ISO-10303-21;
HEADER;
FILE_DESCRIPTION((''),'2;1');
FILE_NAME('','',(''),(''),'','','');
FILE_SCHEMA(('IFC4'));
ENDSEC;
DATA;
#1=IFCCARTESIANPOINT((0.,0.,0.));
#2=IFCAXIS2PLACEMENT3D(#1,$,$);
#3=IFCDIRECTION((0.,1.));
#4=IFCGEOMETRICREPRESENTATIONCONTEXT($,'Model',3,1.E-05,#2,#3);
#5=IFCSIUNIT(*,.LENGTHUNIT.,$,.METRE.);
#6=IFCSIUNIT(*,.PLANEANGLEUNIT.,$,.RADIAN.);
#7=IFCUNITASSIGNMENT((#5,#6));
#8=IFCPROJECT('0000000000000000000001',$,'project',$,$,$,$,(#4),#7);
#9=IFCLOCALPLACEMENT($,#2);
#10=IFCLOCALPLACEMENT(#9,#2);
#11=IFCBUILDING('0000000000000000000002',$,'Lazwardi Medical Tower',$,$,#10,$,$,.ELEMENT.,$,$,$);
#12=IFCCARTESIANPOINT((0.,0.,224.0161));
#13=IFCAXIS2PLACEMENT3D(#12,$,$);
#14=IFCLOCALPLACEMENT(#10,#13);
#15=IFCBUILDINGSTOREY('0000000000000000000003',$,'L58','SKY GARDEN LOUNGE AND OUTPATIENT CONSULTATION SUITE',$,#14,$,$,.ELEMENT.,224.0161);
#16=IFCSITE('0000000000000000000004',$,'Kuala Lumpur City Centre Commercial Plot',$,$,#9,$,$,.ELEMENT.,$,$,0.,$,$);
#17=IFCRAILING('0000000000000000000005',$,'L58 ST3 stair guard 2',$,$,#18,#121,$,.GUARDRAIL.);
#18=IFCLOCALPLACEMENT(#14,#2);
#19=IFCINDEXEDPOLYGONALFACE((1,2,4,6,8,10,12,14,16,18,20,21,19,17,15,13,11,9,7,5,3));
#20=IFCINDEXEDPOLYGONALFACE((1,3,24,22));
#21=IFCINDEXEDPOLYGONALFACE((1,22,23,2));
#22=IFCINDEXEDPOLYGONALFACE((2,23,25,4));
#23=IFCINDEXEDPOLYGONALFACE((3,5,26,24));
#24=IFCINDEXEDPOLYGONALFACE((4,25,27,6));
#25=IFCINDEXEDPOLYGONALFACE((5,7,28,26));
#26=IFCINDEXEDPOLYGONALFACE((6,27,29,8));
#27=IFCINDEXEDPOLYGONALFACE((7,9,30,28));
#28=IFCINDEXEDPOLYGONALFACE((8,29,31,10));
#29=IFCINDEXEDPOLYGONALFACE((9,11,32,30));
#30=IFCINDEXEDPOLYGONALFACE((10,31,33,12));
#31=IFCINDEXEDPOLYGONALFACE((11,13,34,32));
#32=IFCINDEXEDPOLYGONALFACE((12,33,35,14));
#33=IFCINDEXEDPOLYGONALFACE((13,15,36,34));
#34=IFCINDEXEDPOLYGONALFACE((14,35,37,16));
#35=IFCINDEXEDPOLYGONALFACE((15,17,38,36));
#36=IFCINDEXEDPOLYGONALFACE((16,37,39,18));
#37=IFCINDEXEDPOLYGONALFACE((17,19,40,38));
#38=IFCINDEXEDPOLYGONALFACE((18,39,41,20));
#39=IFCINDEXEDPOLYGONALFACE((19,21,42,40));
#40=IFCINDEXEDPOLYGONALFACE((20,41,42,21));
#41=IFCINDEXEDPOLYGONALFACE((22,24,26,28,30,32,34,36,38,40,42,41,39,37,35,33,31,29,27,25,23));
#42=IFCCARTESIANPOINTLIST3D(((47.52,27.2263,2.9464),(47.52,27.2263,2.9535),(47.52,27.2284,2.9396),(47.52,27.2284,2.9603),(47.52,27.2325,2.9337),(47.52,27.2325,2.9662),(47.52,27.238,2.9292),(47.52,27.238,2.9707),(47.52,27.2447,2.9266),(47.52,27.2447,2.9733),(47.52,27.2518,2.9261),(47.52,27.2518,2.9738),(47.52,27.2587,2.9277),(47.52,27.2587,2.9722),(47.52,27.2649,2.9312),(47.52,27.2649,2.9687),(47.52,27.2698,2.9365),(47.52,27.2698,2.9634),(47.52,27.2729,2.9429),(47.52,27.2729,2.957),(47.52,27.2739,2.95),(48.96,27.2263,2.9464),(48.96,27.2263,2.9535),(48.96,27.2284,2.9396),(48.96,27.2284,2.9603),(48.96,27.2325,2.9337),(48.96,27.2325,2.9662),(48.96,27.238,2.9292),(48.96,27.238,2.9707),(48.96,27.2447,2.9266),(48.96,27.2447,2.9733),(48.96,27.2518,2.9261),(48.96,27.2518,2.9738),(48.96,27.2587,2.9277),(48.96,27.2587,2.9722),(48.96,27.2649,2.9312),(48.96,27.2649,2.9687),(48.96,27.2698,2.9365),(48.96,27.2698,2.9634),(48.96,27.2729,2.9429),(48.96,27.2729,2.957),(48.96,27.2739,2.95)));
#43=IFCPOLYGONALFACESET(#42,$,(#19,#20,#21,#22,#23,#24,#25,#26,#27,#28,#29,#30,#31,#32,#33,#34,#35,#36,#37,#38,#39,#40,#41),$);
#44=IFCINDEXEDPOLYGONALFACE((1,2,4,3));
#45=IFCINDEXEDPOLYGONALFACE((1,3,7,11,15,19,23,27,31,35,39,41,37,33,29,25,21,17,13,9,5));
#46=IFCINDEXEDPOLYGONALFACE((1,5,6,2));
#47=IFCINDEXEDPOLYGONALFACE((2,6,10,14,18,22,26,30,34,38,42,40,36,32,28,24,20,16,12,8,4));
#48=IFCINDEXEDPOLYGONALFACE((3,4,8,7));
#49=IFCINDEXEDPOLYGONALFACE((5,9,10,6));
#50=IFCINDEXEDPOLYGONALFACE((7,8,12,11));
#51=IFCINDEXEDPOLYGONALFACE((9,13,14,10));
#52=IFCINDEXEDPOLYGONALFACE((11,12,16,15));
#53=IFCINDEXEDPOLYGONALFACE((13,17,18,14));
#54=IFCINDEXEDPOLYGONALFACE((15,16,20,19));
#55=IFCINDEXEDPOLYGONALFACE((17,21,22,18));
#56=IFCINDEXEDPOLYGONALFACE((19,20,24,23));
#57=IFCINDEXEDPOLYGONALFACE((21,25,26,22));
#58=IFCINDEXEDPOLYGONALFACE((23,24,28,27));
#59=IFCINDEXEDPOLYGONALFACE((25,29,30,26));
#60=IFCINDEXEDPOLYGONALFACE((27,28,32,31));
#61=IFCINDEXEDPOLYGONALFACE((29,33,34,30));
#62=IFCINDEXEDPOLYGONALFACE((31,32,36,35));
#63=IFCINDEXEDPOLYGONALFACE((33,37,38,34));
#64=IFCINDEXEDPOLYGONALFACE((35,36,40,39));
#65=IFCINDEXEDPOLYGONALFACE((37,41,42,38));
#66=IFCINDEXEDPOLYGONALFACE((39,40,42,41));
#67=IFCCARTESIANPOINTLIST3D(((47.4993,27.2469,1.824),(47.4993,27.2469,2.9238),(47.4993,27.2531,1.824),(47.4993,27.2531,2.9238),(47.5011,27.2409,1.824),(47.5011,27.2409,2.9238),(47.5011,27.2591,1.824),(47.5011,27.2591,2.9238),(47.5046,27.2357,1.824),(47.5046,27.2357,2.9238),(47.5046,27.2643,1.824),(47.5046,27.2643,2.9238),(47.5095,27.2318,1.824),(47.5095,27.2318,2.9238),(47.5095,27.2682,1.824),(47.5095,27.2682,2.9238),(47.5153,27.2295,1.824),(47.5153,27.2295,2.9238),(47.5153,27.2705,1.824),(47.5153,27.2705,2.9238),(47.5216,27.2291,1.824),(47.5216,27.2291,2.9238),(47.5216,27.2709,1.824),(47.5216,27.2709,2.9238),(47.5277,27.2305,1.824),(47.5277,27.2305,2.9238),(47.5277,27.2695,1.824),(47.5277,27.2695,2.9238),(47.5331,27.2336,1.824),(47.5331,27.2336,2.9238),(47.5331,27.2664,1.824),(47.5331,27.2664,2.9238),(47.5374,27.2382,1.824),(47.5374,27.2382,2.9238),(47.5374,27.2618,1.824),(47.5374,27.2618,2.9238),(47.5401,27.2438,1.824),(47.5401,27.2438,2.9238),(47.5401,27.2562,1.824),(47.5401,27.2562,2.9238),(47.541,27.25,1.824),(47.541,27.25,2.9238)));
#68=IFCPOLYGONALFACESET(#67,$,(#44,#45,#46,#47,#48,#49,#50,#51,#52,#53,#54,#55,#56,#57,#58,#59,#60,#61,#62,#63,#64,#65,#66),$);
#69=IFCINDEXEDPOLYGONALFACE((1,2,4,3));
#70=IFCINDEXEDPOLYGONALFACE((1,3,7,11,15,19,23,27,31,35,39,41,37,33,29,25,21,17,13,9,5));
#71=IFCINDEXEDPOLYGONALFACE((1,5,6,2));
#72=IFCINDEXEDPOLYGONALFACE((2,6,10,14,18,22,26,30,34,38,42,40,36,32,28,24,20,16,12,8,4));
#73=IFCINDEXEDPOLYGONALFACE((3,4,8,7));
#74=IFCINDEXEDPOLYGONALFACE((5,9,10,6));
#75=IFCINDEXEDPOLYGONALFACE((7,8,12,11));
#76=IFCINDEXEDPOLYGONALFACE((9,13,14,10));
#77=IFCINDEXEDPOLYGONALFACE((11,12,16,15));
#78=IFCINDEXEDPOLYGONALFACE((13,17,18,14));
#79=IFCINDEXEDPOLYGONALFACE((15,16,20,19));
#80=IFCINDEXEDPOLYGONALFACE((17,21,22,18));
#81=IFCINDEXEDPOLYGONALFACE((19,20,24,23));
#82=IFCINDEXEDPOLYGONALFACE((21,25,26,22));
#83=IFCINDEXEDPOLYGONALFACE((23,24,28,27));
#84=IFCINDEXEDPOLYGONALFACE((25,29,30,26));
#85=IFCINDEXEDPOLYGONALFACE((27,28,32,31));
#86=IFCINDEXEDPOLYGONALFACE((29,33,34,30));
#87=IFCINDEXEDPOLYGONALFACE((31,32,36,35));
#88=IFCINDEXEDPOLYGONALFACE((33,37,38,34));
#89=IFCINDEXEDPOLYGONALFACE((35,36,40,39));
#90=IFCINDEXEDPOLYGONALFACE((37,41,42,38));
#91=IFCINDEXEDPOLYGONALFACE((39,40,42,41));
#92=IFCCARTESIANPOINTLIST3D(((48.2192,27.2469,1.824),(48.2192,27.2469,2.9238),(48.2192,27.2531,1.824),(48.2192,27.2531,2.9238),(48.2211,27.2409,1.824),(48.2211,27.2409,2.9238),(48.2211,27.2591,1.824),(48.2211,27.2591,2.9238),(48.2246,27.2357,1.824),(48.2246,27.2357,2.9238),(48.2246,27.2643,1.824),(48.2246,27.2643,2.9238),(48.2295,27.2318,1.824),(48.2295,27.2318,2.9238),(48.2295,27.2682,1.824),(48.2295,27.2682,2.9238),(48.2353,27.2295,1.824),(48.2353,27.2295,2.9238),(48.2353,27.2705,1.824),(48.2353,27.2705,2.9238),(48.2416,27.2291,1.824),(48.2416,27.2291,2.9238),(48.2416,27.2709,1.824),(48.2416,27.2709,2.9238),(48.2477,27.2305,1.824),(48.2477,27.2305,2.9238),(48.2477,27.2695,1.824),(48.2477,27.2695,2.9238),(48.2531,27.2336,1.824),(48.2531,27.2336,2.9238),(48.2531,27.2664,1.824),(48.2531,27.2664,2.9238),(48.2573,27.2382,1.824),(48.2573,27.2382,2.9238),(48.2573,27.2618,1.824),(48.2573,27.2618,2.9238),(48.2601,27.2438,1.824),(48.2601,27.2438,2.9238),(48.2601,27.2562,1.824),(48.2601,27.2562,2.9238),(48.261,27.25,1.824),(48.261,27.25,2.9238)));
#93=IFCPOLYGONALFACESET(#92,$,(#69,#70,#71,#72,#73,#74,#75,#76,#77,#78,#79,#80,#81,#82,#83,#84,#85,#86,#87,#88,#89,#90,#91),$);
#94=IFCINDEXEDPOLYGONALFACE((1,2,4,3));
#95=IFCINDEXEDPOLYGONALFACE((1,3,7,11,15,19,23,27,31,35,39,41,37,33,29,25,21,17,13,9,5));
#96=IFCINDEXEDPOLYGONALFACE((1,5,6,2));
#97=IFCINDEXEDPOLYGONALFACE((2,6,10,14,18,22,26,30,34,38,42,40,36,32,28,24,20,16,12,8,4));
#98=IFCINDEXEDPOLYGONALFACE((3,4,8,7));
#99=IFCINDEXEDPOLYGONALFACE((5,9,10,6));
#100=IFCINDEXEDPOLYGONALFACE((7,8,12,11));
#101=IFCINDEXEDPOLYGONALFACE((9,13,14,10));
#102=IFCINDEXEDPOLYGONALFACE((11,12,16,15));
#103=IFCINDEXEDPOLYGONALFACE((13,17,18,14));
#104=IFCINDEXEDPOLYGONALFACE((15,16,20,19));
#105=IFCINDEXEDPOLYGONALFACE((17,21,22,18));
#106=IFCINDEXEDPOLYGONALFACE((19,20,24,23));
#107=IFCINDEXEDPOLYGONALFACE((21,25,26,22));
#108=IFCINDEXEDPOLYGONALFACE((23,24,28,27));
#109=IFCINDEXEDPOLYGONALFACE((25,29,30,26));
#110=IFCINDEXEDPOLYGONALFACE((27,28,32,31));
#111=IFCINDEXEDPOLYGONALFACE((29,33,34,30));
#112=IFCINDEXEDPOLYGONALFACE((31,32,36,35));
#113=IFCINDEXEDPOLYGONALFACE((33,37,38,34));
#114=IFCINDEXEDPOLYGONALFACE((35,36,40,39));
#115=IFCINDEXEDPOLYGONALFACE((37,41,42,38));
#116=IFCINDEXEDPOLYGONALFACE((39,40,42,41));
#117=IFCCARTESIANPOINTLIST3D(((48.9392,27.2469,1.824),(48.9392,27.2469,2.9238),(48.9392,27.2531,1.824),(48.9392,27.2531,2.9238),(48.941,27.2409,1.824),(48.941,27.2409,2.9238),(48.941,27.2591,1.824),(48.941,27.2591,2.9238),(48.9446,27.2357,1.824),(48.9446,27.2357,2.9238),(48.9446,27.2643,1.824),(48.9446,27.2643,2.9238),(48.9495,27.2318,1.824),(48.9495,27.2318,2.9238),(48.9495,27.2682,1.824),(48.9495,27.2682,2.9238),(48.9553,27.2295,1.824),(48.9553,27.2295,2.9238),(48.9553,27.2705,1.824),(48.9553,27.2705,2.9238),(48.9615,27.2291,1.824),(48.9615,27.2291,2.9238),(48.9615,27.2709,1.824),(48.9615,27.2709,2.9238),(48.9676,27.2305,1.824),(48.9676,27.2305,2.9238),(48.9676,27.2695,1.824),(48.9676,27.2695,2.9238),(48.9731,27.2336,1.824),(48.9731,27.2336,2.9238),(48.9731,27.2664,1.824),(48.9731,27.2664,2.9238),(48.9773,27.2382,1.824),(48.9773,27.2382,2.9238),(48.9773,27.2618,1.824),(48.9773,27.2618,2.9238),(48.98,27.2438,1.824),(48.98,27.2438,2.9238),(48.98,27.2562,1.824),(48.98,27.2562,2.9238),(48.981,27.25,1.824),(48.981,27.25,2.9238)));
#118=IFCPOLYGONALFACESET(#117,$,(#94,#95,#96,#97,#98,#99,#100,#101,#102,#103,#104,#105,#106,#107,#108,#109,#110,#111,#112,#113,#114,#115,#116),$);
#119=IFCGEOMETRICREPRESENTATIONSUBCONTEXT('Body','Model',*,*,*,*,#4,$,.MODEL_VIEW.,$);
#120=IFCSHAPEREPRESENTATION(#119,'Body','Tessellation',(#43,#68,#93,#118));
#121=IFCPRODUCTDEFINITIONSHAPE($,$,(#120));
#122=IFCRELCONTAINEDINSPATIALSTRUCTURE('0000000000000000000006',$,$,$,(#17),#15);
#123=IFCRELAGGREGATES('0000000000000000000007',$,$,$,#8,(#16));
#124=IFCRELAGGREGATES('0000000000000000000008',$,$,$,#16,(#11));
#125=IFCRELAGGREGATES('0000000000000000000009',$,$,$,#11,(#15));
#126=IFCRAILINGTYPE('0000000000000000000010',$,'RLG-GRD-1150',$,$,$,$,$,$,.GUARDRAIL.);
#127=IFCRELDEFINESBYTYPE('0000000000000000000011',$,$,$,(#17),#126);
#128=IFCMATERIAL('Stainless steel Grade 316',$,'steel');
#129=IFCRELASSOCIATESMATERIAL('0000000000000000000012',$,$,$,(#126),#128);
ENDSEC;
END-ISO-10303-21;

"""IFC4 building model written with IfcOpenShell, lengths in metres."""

from ifc_helpers import new_model, si_unit, direction, frame, origin, origin_2d, place, context, subcontext, project, spatial, circle, extrude, material, type_object, element, save


model = new_model("IFC4")

# Units and contexts
model_context = context("Model", 3, precision=1e-05, world=origin(), true_north=direction((0.0, 1.0)))
body_context = subcontext(model_context, "Body", "Model", "MODEL_VIEW")
ifc_project = project(units=[si_unit("LENGTHUNIT", "METRE"), si_unit("PLANEANGLEUNIT", "RADIAN")], contexts=[model_context])

# Site, building, storey
site_placement = place(None, origin())
site = spatial("IfcSite", under=ifc_project, at=site_placement, Name="Kuala Lumpur City Centre Commercial Plot", CompositionType="ELEMENT", RefElevation=0.0)
building_placement = place(site_placement, origin())
building = spatial("IfcBuilding", under=site, at=building_placement, Name="Lazwardi Medical Tower", CompositionType="ELEMENT")
storey_placement = place(building_placement, frame((0.0, 0.0, 224.0161)))
storey = spatial("IfcBuildingStorey", under=building, at=storey_placement, Name="L58", Description="SKY GARDEN LOUNGE AND OUTPATIENT CONSULTATION SUITE", CompositionType="ELEMENT", Elevation=224.0161)

# Railing
ifc_material_1 = material(Name="Stainless steel Grade 316", Category="steel")
railing_type_1 = type_object("IfcRailingType", Name="RLG-GRD-1150", PredefinedType="GUARDRAIL", material=ifc_material_1)
railing_1_placement = place(storey_placement, frame((47.52, 27.25, 1.824)))
element("IfcRailing", 1, at=railing_1_placement, inside=storey, type_object=railing_type_1, Name="L58 ST3 stair guard 2", PredefinedType="GUARDRAIL", context=body_context, shape_type="SweptSolid", body=[
    extrude(circle(Radius=0.0239, at=origin_2d()), frame((0.0, 0.0, 1.126), z_axis=(1.0, 0.0, 0.0), x_axis=(0.0, 1.0, 0.0)), (0.0, 0.0, 1.0), 1.4399),
    extrude(circle(Radius=0.021, at=origin_2d()), origin(), (0.0, 0.0, 1.0), 1.0999),
    extrude(circle(Radius=0.021, at=origin_2d()), frame((0.72, 0.0, 0.0)), (0.0, 0.0, 1.0), 1.0999),
    extrude(circle(Radius=0.021, at=origin_2d()), frame((1.4399, 0.0, 0.0)), (0.0, 0.0, 1.0), 1.0999),
])

save(model, "model.ifc")
